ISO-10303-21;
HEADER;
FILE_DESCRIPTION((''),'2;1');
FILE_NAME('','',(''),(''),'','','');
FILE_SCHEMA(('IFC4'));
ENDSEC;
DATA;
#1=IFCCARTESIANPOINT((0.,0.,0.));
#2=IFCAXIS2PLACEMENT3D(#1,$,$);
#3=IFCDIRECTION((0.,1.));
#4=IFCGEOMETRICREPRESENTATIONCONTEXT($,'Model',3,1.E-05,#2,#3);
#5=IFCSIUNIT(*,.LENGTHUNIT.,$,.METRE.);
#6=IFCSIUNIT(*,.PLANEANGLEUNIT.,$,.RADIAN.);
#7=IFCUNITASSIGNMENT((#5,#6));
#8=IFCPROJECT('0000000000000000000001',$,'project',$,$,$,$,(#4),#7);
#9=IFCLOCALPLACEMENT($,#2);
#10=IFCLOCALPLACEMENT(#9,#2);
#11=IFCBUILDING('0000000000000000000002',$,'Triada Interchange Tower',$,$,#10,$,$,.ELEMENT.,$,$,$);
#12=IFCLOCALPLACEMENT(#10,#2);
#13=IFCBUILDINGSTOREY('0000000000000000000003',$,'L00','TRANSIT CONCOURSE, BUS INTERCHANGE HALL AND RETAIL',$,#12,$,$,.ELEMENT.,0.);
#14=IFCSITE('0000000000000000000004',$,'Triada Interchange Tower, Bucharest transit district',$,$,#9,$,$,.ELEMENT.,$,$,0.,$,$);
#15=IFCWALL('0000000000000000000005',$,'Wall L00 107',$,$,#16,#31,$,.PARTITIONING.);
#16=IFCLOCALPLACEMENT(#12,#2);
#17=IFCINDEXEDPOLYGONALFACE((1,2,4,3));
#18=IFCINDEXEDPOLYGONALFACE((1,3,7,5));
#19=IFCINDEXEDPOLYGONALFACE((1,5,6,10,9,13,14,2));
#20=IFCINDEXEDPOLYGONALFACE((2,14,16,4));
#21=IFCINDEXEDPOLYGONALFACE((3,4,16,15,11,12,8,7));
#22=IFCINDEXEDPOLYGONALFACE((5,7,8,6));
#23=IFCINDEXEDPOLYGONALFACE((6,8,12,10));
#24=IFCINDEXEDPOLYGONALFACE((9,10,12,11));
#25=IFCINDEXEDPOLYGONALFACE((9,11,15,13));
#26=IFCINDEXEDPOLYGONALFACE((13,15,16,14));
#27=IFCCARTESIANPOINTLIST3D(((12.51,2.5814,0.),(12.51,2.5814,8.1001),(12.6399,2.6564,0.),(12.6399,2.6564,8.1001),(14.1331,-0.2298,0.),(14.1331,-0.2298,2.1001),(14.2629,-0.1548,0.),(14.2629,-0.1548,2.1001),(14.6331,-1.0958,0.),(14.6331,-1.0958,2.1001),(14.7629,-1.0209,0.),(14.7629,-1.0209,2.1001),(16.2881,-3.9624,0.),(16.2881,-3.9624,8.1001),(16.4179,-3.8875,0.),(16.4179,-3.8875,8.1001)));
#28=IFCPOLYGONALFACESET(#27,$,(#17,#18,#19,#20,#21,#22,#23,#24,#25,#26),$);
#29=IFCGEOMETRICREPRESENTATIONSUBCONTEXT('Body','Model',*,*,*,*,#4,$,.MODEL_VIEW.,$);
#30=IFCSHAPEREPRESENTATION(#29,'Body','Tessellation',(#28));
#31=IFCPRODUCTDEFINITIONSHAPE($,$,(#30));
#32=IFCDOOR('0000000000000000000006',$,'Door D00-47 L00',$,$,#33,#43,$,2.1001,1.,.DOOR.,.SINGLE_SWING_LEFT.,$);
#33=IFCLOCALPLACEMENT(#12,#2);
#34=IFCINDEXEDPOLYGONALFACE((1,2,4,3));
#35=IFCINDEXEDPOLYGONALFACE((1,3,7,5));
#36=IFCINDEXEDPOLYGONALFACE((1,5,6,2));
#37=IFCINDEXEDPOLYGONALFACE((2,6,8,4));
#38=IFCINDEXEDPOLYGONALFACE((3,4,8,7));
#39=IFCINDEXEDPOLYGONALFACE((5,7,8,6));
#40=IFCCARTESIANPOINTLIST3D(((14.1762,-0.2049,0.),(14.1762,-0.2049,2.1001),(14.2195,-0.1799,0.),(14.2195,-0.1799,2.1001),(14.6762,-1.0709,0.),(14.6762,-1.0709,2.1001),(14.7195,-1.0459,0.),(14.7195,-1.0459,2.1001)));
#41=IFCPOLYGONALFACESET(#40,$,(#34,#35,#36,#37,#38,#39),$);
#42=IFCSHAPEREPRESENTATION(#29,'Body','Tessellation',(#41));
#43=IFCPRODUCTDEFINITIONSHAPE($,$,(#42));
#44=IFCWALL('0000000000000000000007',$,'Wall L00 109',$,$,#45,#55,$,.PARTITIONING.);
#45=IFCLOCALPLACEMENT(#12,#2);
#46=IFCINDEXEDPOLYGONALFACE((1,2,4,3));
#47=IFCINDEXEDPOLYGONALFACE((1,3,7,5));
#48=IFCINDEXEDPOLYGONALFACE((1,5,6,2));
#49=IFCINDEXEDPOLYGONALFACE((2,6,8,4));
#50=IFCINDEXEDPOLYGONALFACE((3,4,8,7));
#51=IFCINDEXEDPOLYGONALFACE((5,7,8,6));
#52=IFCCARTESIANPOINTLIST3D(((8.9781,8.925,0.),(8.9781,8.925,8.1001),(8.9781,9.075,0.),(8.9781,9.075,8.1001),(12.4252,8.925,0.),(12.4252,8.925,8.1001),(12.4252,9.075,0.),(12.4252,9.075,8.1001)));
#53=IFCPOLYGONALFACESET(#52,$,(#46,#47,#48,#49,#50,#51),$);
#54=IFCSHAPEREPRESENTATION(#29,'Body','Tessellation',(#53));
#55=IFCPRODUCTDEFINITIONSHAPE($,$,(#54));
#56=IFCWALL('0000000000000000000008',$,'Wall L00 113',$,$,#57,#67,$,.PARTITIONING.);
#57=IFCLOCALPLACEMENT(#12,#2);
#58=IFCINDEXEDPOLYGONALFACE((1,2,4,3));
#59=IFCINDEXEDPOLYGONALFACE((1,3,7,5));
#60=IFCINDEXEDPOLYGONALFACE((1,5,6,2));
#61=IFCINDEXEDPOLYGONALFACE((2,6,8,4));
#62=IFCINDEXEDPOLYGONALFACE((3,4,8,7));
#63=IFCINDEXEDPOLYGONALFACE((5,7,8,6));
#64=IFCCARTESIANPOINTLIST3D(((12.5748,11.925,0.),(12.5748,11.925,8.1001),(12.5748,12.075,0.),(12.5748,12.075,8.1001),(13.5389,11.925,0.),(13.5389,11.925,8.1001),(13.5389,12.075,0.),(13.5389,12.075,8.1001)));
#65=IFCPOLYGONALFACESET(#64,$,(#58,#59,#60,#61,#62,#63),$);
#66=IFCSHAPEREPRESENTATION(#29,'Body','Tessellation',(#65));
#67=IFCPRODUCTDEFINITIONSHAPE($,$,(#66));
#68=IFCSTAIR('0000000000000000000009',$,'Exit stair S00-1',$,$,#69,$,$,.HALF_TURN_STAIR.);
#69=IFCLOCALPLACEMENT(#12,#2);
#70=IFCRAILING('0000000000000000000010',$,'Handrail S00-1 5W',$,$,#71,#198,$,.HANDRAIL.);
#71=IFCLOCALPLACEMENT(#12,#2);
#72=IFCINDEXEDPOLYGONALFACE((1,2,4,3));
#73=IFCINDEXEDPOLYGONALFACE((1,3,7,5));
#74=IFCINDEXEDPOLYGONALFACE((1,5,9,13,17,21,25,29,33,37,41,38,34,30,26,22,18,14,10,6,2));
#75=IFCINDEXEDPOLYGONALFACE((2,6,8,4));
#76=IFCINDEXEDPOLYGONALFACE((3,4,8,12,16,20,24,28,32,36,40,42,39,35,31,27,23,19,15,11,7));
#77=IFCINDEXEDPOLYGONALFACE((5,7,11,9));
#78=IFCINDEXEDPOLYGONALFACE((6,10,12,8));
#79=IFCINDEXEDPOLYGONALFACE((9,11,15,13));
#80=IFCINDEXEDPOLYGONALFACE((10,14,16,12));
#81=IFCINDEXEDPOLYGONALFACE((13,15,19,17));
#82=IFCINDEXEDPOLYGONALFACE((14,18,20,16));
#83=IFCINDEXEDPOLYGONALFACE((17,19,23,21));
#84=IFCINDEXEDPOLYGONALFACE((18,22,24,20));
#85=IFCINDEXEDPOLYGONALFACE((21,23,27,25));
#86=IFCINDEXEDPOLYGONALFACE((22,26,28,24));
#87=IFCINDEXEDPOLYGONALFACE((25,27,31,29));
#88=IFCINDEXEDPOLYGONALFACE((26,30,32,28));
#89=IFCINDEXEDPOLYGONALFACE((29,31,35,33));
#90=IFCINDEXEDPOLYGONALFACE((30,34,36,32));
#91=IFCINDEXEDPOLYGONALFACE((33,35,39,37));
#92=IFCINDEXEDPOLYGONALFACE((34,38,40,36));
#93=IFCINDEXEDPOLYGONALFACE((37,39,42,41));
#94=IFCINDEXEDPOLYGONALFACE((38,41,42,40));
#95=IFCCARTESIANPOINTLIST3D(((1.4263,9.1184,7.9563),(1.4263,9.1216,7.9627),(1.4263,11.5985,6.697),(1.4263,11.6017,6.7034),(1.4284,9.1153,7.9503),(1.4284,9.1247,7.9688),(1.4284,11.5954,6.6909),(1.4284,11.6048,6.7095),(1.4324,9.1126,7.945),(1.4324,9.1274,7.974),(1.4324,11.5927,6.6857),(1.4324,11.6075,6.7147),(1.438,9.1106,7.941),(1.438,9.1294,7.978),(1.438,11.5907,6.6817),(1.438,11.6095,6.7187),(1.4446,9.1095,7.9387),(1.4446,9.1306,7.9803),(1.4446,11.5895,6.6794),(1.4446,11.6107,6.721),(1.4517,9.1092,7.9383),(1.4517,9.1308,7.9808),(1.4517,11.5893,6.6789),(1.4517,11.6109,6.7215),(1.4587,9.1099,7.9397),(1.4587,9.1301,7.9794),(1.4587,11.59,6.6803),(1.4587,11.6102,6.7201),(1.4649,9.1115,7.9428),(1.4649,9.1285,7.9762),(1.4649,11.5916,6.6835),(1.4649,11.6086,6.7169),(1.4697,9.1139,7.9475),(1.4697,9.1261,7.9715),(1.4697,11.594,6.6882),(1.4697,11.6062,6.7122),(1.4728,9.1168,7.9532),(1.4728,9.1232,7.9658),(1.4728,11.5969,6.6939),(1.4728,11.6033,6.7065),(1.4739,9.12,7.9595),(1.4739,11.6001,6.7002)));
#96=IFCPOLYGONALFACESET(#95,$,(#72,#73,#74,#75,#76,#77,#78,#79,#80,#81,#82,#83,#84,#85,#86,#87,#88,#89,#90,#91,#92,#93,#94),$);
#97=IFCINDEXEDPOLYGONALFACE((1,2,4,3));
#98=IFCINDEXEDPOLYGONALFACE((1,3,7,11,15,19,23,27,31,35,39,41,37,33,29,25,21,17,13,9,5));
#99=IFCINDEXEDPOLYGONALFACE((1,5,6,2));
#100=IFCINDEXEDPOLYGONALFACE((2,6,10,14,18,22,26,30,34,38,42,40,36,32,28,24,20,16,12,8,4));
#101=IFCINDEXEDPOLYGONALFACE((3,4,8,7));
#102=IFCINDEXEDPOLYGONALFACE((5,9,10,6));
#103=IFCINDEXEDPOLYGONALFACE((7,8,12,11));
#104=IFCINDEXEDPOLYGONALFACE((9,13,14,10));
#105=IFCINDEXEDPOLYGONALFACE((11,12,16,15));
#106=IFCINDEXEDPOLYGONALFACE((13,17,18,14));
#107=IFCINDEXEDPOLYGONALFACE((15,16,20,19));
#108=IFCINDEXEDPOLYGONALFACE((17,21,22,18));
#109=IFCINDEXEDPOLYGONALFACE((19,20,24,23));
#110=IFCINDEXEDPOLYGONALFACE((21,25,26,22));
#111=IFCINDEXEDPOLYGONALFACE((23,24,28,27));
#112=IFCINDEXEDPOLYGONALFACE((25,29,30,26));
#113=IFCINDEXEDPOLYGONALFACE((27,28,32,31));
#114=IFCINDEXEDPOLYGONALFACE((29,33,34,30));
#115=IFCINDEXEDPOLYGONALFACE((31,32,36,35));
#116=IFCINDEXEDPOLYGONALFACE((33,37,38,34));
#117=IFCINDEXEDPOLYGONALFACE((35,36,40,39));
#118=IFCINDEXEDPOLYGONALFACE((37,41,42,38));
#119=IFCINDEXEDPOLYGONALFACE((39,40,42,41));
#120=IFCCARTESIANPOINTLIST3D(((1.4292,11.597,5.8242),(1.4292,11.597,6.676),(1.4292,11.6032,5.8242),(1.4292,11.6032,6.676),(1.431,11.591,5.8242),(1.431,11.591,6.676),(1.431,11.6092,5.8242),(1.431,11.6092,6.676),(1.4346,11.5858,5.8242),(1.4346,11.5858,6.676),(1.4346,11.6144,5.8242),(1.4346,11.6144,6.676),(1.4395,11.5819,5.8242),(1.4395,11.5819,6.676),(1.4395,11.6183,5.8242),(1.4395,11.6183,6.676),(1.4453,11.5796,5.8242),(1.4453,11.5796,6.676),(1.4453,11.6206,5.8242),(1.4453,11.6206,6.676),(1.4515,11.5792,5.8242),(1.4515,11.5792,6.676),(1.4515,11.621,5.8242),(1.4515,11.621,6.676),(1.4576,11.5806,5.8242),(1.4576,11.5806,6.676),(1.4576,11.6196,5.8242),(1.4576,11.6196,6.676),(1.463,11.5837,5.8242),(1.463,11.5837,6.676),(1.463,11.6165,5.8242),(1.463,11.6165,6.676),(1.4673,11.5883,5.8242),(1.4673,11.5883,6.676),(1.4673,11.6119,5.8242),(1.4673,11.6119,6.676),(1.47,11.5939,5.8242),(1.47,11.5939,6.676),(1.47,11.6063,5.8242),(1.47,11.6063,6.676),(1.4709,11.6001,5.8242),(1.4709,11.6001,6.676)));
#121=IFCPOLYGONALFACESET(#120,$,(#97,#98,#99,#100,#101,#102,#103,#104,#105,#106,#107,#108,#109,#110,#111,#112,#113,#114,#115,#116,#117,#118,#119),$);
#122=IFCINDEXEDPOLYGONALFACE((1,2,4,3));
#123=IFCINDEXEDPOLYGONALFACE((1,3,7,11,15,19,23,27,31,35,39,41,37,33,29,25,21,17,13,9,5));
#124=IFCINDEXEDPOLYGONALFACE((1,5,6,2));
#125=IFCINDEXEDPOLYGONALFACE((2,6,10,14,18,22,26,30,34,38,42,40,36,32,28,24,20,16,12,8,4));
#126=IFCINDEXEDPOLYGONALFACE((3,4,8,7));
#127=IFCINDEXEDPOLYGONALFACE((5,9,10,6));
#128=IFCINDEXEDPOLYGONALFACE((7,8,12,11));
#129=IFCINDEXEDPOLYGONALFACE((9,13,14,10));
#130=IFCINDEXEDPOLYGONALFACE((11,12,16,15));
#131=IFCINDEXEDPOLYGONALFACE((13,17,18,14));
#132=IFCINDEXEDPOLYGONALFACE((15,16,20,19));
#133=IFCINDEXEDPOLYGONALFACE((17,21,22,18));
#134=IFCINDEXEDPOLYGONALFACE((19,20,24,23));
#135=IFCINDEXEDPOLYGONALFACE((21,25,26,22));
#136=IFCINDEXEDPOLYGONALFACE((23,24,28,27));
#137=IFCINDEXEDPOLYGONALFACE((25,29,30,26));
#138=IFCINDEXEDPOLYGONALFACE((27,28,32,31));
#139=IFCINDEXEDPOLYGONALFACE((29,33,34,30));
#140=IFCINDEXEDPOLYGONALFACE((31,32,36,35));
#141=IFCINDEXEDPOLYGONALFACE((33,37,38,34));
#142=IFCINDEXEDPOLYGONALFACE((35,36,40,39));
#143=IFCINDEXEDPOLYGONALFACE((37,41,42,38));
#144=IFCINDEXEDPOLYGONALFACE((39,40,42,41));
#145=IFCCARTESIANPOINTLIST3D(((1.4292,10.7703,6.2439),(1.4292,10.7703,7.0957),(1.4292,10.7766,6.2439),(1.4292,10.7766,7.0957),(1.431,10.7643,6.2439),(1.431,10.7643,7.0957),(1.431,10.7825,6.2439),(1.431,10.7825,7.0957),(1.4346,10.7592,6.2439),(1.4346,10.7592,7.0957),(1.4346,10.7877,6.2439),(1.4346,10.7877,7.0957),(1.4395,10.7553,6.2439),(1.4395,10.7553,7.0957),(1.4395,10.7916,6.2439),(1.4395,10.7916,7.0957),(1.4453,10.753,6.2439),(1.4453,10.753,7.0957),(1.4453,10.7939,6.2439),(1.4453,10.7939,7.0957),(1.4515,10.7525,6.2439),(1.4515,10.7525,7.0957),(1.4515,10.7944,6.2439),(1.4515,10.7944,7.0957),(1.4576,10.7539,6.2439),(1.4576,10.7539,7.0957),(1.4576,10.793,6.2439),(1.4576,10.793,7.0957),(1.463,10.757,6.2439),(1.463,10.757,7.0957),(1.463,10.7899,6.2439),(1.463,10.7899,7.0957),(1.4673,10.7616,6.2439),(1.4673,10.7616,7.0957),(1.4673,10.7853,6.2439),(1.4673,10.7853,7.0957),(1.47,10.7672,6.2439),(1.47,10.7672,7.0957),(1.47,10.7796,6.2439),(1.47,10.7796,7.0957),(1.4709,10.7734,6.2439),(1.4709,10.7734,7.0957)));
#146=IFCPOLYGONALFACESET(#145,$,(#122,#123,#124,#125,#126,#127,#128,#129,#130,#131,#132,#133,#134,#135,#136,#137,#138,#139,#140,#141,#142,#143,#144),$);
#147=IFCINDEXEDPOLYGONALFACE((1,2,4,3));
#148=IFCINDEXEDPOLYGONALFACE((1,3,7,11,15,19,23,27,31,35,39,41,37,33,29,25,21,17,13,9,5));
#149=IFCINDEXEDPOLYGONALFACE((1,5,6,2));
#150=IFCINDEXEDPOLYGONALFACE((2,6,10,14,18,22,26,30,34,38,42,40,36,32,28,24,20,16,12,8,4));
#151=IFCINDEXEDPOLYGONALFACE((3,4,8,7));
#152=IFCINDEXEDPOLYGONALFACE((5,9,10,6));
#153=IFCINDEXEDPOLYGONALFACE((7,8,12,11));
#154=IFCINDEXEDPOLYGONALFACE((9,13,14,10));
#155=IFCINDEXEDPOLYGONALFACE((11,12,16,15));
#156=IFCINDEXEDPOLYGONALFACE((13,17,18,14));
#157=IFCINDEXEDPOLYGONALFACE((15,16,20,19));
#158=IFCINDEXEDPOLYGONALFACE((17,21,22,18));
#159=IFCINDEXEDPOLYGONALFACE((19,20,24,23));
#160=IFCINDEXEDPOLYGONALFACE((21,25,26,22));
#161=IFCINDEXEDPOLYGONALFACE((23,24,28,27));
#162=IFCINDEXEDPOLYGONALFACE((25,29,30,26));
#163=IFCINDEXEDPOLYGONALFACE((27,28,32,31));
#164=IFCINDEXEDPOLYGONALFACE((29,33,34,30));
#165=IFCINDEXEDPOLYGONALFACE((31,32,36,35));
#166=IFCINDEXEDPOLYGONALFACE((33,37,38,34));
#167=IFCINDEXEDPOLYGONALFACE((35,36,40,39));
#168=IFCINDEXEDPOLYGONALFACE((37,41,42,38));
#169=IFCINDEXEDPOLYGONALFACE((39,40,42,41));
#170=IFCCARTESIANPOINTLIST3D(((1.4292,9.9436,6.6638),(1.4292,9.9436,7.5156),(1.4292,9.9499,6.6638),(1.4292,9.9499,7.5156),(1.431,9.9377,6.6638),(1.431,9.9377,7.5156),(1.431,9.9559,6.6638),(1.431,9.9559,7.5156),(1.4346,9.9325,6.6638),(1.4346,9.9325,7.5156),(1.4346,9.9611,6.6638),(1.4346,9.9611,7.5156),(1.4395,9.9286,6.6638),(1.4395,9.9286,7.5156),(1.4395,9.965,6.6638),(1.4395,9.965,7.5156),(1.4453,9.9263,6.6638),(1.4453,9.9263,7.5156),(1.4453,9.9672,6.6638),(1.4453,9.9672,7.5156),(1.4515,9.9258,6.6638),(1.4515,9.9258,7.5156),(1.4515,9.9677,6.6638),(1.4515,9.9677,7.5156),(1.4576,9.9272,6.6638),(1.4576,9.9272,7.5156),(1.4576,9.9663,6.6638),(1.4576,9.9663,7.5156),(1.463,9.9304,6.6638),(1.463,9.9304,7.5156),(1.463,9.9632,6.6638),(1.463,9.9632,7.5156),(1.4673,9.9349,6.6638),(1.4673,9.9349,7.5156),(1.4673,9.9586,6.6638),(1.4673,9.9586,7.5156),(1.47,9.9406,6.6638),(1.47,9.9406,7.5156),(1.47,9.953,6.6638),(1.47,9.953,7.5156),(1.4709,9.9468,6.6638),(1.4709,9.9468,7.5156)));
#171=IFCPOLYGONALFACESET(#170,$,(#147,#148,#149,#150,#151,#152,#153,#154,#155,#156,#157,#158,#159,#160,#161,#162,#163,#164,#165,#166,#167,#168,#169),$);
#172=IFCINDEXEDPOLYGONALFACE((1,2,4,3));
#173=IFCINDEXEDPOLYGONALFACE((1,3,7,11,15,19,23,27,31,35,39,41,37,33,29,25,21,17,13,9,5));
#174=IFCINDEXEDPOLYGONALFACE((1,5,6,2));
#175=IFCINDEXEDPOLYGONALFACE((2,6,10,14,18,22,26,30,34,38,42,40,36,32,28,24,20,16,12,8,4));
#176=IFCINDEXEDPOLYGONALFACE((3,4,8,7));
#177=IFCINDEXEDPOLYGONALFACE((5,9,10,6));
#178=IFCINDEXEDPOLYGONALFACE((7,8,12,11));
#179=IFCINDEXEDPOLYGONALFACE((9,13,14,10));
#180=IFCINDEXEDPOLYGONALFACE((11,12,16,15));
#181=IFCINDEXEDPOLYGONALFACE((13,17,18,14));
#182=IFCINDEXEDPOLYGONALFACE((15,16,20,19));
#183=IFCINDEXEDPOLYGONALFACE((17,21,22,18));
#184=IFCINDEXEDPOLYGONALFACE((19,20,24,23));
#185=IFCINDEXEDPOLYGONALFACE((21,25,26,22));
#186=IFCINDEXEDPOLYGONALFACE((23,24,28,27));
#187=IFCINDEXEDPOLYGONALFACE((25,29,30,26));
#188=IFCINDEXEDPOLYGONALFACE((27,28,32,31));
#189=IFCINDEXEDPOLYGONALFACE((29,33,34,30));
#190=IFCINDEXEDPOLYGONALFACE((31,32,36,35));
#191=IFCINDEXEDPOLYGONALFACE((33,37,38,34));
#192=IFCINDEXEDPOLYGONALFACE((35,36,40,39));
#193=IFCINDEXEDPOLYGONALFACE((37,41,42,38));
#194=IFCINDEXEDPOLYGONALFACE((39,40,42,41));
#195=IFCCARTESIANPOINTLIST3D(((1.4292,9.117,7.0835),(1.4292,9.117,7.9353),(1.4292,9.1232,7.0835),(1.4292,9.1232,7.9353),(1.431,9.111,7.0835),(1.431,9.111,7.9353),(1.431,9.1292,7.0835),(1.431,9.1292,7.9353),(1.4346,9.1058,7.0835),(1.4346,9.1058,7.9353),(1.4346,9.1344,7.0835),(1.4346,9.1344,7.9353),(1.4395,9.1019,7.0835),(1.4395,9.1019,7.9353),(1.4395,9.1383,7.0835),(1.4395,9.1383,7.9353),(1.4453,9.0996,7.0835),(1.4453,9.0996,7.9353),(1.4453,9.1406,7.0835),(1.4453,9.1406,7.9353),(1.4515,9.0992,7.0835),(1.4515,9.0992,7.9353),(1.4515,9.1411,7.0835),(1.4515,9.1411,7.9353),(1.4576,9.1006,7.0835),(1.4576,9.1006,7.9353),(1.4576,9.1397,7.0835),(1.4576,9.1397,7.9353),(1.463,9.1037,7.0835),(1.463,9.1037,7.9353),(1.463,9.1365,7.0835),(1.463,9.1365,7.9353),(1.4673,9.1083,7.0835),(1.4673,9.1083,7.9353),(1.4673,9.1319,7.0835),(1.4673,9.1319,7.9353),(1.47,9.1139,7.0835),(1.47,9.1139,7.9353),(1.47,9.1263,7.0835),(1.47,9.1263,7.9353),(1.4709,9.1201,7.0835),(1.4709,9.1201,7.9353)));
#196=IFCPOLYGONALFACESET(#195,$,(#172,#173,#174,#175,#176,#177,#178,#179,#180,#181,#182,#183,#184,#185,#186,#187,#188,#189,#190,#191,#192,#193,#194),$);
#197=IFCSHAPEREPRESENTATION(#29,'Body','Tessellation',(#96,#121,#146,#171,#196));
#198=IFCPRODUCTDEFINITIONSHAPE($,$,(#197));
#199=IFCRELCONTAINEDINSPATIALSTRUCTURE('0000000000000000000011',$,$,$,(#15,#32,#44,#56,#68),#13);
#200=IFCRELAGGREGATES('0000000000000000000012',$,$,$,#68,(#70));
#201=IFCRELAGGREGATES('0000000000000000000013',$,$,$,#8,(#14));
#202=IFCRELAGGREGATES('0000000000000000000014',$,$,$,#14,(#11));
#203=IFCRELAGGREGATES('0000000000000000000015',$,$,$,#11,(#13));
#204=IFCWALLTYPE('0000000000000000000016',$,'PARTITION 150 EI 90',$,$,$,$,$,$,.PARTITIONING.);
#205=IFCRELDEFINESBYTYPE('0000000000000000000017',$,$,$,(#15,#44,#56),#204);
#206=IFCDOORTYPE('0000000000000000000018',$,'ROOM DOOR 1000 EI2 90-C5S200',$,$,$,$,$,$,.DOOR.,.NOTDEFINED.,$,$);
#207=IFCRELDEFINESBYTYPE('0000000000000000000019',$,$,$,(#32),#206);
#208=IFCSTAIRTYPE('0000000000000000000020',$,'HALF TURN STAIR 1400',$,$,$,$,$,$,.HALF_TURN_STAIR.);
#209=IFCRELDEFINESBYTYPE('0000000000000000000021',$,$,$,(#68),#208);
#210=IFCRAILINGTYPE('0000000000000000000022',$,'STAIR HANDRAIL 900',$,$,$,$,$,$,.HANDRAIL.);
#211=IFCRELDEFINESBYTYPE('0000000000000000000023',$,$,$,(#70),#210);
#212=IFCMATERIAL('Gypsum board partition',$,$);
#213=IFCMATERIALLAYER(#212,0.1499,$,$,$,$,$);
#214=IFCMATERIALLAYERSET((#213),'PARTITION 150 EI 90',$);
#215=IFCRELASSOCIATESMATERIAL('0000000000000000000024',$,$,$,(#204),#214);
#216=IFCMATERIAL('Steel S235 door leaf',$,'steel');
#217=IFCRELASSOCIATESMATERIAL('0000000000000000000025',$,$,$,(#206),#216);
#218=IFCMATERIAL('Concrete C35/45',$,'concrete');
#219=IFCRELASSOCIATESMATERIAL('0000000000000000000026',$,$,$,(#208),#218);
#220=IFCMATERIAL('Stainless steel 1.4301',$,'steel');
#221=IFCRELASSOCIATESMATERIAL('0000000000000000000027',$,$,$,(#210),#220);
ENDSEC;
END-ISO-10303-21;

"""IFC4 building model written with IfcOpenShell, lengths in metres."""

from ifc_helpers import new_model, si_unit, direction, frame, frame_2d, origin, origin_2d, place, context, subcontext, project, spatial, rectangle, circle, extrude, material, layer, layer_set, type_object, element, fill, aggregate, save


model = new_model("IFC4")

# Units and contexts
model_context = context("Model", 3, precision=1e-05, world=origin(), true_north=direction((0.0, 1.0)))
body_context = subcontext(model_context, "Body", "Model", "MODEL_VIEW")
ifc_project = project(units=[si_unit("LENGTHUNIT", "METRE"), si_unit("PLANEANGLEUNIT", "RADIAN")], contexts=[model_context])

# Site, building, storey
site_placement = place(None, origin())
site = spatial("IfcSite", under=ifc_project, at=site_placement, Name="Triada Interchange Tower, Bucharest transit district", CompositionType="ELEMENT", RefElevation=0.0)
building_placement = place(site_placement, origin())
building = spatial("IfcBuilding", under=site, at=building_placement, Name="Triada Interchange Tower", CompositionType="ELEMENT")
storey_placement = place(building_placement, origin())
storey = spatial("IfcBuildingStorey", under=building, at=storey_placement, Name="L00", Description="TRANSIT CONCOURSE, BUS INTERCHANGE HALL AND RETAIL", CompositionType="ELEMENT", Elevation=0.0)

# Shared definitions
ifc_material_1 = material(Name="Steel S235 door leaf", Category="steel")

# Shared definitions
ifc_material_2 = material(Name="Gypsum board partition")
ifc_layer_1 = layer(ifc_material_2, 0.1499)
ifc_layer_set_1 = layer_set([ifc_layer_1], Name="PARTITION 150 EI 90")
wall_type_1 = type_object("IfcWallType", Name="PARTITION 150 EI 90", PredefinedType="PARTITIONING", material=ifc_layer_set_1)

# Wall, opening, door
wall_1_placement = place(storey_placement, frame((12.575, 2.6189, 0.0), z_axis=(0.0, 0.0, 1.0), x_axis=(0.499993, -0.86603, 0.0)))
wall_1 = element("IfcWall", 1, at=wall_1_placement, inside=storey, type_object=wall_type_1, Name="Wall L00 107", PredefinedType="PARTITIONING", context=body_context, shape_type="SweptSolid", body=[
    extrude(rectangle(XDim=7.5562, YDim=0.1499, at=frame_2d((3.7781, 0.0))), origin(), (0.0, 0.0, 1.0), 8.1001),
])
opening_1_placement = place(wall_1_placement, frame((3.2461, 0.0, 0.0)))
opening_1 = element("IfcOpeningElement", 2, at=opening_1_placement, cuts=wall_1, PredefinedType="OPENING", context=body_context, shape_type="SweptSolid", body=[
    extrude(rectangle(XDim=1.0, YDim=2.1001, at=frame_2d((0.5, 1.05))), frame((0.0, 0.085, 0.0), z_axis=(0.0, -1.0, 0.0), x_axis=(1.0, 0.0, 0.0)), (0.0, 0.0, 1.0), 0.1699),
])
door_type_1 = type_object("IfcDoorType", Name="ROOM DOOR 1000 EI2 90-C5S200", OperationType="NOTDEFINED", PredefinedType="DOOR", material=ifc_material_1)
door_1_placement = place(opening_1_placement, origin())
door_1 = element("IfcDoor", 3, at=door_1_placement, inside=storey, type_object=door_type_1, Name="Door D00-47 L00", OperationType="SINGLE_SWING_LEFT", OverallHeight=2.1001, OverallWidth=1.0, PredefinedType="DOOR", context=body_context, shape_type="SweptSolid", body=[
    extrude(rectangle(XDim=1.0, YDim=2.1001, at=frame_2d((0.5, 1.05))), frame((0.0, 0.0249, 0.0), z_axis=(0.0, -1.0, 0.0), x_axis=(1.0, 0.0, 0.0)), (0.0, 0.0, 1.0), 0.05),
])
fill(opening_1, door_1)

# Walls
wall_2_placement = place(storey_placement, frame((8.978, 9.0, 0.0), z_axis=(0.0, 0.0, 1.0), x_axis=(1.0, 0.0, 0.0)))
element("IfcWall", 4, at=wall_2_placement, inside=storey, type_object=wall_type_1, Name="Wall L00 109", PredefinedType="PARTITIONING", context=body_context, shape_type="SweptSolid", body=[
    extrude(rectangle(XDim=3.447, YDim=0.1499, at=frame_2d((1.7236, 0.0))), origin(), (0.0, 0.0, 1.0), 8.1001),
])
wall_3_placement = place(storey_placement, frame((12.575, 12.0, 0.0), z_axis=(0.0, 0.0, 1.0), x_axis=(1.0, 0.0, 0.0)))
element("IfcWall", 5, at=wall_3_placement, inside=storey, type_object=wall_type_1, Name="Wall L00 113", PredefinedType="PARTITIONING", context=body_context, shape_type="SweptSolid", body=[
    extrude(rectangle(XDim=0.9641, YDim=0.1499, at=frame_2d((0.4819, 0.0))), origin(), (0.0, 0.0, 1.0), 8.1001),
])

# Stair, railing
ifc_material_3 = material(Name="Concrete C35/45", Category="concrete")
stair_type = type_object("IfcStairType", Name="HALF TURN STAIR 1400", PredefinedType="HALF_TURN_STAIR", material=ifc_material_3)
stair_placement = place(storey_placement, origin())
stair = element("IfcStair", 6, at=stair_placement, inside=storey, type_object=stair_type, Name="Exit stair S00-1", PredefinedType="HALF_TURN_STAIR")
ifc_material_4 = material(Name="Stainless steel 1.4301", Category="steel")
railing_type = type_object("IfcRailingType", Name="STAIR HANDRAIL 900", PredefinedType="HANDRAIL", material=ifc_material_4)
railing_placement = place(storey_placement, frame((1.45, 11.6001, 5.8242)))
railing = element("IfcRailing", 7, at=railing_placement, type_object=railing_type, Name="Handrail S00-1 5W", PredefinedType="HANDRAIL", context=body_context, shape_type="SweptSolid", body=[
    extrude(circle(Radius=0.0239, at=origin_2d()), frame((0.0, 0.0, 0.876), z_axis=(0.0, -0.891636, 0.452752), x_axis=(1.0, 0.0, 0.0)), (0.0, 0.0, 1.0), 2.7815),
    extrude(circle(Radius=0.021, at=origin_2d()), origin(), (0.0, 0.0, 1.0), 0.8518),
    extrude(circle(Radius=0.021, at=origin_2d()), frame((0.0, -0.8267, 0.4197)), (0.0, 0.0, 1.0), 0.8518),
    extrude(circle(Radius=0.021, at=origin_2d()), frame((0.0, -1.6533, 0.8396)), (0.0, 0.0, 1.0), 0.8518),
    extrude(circle(Radius=0.021, at=origin_2d()), frame((0.0, -2.48, 1.2593)), (0.0, 0.0, 1.0), 0.8518),
])
aggregate(stair, [railing])

save(model, "model.ifc")
